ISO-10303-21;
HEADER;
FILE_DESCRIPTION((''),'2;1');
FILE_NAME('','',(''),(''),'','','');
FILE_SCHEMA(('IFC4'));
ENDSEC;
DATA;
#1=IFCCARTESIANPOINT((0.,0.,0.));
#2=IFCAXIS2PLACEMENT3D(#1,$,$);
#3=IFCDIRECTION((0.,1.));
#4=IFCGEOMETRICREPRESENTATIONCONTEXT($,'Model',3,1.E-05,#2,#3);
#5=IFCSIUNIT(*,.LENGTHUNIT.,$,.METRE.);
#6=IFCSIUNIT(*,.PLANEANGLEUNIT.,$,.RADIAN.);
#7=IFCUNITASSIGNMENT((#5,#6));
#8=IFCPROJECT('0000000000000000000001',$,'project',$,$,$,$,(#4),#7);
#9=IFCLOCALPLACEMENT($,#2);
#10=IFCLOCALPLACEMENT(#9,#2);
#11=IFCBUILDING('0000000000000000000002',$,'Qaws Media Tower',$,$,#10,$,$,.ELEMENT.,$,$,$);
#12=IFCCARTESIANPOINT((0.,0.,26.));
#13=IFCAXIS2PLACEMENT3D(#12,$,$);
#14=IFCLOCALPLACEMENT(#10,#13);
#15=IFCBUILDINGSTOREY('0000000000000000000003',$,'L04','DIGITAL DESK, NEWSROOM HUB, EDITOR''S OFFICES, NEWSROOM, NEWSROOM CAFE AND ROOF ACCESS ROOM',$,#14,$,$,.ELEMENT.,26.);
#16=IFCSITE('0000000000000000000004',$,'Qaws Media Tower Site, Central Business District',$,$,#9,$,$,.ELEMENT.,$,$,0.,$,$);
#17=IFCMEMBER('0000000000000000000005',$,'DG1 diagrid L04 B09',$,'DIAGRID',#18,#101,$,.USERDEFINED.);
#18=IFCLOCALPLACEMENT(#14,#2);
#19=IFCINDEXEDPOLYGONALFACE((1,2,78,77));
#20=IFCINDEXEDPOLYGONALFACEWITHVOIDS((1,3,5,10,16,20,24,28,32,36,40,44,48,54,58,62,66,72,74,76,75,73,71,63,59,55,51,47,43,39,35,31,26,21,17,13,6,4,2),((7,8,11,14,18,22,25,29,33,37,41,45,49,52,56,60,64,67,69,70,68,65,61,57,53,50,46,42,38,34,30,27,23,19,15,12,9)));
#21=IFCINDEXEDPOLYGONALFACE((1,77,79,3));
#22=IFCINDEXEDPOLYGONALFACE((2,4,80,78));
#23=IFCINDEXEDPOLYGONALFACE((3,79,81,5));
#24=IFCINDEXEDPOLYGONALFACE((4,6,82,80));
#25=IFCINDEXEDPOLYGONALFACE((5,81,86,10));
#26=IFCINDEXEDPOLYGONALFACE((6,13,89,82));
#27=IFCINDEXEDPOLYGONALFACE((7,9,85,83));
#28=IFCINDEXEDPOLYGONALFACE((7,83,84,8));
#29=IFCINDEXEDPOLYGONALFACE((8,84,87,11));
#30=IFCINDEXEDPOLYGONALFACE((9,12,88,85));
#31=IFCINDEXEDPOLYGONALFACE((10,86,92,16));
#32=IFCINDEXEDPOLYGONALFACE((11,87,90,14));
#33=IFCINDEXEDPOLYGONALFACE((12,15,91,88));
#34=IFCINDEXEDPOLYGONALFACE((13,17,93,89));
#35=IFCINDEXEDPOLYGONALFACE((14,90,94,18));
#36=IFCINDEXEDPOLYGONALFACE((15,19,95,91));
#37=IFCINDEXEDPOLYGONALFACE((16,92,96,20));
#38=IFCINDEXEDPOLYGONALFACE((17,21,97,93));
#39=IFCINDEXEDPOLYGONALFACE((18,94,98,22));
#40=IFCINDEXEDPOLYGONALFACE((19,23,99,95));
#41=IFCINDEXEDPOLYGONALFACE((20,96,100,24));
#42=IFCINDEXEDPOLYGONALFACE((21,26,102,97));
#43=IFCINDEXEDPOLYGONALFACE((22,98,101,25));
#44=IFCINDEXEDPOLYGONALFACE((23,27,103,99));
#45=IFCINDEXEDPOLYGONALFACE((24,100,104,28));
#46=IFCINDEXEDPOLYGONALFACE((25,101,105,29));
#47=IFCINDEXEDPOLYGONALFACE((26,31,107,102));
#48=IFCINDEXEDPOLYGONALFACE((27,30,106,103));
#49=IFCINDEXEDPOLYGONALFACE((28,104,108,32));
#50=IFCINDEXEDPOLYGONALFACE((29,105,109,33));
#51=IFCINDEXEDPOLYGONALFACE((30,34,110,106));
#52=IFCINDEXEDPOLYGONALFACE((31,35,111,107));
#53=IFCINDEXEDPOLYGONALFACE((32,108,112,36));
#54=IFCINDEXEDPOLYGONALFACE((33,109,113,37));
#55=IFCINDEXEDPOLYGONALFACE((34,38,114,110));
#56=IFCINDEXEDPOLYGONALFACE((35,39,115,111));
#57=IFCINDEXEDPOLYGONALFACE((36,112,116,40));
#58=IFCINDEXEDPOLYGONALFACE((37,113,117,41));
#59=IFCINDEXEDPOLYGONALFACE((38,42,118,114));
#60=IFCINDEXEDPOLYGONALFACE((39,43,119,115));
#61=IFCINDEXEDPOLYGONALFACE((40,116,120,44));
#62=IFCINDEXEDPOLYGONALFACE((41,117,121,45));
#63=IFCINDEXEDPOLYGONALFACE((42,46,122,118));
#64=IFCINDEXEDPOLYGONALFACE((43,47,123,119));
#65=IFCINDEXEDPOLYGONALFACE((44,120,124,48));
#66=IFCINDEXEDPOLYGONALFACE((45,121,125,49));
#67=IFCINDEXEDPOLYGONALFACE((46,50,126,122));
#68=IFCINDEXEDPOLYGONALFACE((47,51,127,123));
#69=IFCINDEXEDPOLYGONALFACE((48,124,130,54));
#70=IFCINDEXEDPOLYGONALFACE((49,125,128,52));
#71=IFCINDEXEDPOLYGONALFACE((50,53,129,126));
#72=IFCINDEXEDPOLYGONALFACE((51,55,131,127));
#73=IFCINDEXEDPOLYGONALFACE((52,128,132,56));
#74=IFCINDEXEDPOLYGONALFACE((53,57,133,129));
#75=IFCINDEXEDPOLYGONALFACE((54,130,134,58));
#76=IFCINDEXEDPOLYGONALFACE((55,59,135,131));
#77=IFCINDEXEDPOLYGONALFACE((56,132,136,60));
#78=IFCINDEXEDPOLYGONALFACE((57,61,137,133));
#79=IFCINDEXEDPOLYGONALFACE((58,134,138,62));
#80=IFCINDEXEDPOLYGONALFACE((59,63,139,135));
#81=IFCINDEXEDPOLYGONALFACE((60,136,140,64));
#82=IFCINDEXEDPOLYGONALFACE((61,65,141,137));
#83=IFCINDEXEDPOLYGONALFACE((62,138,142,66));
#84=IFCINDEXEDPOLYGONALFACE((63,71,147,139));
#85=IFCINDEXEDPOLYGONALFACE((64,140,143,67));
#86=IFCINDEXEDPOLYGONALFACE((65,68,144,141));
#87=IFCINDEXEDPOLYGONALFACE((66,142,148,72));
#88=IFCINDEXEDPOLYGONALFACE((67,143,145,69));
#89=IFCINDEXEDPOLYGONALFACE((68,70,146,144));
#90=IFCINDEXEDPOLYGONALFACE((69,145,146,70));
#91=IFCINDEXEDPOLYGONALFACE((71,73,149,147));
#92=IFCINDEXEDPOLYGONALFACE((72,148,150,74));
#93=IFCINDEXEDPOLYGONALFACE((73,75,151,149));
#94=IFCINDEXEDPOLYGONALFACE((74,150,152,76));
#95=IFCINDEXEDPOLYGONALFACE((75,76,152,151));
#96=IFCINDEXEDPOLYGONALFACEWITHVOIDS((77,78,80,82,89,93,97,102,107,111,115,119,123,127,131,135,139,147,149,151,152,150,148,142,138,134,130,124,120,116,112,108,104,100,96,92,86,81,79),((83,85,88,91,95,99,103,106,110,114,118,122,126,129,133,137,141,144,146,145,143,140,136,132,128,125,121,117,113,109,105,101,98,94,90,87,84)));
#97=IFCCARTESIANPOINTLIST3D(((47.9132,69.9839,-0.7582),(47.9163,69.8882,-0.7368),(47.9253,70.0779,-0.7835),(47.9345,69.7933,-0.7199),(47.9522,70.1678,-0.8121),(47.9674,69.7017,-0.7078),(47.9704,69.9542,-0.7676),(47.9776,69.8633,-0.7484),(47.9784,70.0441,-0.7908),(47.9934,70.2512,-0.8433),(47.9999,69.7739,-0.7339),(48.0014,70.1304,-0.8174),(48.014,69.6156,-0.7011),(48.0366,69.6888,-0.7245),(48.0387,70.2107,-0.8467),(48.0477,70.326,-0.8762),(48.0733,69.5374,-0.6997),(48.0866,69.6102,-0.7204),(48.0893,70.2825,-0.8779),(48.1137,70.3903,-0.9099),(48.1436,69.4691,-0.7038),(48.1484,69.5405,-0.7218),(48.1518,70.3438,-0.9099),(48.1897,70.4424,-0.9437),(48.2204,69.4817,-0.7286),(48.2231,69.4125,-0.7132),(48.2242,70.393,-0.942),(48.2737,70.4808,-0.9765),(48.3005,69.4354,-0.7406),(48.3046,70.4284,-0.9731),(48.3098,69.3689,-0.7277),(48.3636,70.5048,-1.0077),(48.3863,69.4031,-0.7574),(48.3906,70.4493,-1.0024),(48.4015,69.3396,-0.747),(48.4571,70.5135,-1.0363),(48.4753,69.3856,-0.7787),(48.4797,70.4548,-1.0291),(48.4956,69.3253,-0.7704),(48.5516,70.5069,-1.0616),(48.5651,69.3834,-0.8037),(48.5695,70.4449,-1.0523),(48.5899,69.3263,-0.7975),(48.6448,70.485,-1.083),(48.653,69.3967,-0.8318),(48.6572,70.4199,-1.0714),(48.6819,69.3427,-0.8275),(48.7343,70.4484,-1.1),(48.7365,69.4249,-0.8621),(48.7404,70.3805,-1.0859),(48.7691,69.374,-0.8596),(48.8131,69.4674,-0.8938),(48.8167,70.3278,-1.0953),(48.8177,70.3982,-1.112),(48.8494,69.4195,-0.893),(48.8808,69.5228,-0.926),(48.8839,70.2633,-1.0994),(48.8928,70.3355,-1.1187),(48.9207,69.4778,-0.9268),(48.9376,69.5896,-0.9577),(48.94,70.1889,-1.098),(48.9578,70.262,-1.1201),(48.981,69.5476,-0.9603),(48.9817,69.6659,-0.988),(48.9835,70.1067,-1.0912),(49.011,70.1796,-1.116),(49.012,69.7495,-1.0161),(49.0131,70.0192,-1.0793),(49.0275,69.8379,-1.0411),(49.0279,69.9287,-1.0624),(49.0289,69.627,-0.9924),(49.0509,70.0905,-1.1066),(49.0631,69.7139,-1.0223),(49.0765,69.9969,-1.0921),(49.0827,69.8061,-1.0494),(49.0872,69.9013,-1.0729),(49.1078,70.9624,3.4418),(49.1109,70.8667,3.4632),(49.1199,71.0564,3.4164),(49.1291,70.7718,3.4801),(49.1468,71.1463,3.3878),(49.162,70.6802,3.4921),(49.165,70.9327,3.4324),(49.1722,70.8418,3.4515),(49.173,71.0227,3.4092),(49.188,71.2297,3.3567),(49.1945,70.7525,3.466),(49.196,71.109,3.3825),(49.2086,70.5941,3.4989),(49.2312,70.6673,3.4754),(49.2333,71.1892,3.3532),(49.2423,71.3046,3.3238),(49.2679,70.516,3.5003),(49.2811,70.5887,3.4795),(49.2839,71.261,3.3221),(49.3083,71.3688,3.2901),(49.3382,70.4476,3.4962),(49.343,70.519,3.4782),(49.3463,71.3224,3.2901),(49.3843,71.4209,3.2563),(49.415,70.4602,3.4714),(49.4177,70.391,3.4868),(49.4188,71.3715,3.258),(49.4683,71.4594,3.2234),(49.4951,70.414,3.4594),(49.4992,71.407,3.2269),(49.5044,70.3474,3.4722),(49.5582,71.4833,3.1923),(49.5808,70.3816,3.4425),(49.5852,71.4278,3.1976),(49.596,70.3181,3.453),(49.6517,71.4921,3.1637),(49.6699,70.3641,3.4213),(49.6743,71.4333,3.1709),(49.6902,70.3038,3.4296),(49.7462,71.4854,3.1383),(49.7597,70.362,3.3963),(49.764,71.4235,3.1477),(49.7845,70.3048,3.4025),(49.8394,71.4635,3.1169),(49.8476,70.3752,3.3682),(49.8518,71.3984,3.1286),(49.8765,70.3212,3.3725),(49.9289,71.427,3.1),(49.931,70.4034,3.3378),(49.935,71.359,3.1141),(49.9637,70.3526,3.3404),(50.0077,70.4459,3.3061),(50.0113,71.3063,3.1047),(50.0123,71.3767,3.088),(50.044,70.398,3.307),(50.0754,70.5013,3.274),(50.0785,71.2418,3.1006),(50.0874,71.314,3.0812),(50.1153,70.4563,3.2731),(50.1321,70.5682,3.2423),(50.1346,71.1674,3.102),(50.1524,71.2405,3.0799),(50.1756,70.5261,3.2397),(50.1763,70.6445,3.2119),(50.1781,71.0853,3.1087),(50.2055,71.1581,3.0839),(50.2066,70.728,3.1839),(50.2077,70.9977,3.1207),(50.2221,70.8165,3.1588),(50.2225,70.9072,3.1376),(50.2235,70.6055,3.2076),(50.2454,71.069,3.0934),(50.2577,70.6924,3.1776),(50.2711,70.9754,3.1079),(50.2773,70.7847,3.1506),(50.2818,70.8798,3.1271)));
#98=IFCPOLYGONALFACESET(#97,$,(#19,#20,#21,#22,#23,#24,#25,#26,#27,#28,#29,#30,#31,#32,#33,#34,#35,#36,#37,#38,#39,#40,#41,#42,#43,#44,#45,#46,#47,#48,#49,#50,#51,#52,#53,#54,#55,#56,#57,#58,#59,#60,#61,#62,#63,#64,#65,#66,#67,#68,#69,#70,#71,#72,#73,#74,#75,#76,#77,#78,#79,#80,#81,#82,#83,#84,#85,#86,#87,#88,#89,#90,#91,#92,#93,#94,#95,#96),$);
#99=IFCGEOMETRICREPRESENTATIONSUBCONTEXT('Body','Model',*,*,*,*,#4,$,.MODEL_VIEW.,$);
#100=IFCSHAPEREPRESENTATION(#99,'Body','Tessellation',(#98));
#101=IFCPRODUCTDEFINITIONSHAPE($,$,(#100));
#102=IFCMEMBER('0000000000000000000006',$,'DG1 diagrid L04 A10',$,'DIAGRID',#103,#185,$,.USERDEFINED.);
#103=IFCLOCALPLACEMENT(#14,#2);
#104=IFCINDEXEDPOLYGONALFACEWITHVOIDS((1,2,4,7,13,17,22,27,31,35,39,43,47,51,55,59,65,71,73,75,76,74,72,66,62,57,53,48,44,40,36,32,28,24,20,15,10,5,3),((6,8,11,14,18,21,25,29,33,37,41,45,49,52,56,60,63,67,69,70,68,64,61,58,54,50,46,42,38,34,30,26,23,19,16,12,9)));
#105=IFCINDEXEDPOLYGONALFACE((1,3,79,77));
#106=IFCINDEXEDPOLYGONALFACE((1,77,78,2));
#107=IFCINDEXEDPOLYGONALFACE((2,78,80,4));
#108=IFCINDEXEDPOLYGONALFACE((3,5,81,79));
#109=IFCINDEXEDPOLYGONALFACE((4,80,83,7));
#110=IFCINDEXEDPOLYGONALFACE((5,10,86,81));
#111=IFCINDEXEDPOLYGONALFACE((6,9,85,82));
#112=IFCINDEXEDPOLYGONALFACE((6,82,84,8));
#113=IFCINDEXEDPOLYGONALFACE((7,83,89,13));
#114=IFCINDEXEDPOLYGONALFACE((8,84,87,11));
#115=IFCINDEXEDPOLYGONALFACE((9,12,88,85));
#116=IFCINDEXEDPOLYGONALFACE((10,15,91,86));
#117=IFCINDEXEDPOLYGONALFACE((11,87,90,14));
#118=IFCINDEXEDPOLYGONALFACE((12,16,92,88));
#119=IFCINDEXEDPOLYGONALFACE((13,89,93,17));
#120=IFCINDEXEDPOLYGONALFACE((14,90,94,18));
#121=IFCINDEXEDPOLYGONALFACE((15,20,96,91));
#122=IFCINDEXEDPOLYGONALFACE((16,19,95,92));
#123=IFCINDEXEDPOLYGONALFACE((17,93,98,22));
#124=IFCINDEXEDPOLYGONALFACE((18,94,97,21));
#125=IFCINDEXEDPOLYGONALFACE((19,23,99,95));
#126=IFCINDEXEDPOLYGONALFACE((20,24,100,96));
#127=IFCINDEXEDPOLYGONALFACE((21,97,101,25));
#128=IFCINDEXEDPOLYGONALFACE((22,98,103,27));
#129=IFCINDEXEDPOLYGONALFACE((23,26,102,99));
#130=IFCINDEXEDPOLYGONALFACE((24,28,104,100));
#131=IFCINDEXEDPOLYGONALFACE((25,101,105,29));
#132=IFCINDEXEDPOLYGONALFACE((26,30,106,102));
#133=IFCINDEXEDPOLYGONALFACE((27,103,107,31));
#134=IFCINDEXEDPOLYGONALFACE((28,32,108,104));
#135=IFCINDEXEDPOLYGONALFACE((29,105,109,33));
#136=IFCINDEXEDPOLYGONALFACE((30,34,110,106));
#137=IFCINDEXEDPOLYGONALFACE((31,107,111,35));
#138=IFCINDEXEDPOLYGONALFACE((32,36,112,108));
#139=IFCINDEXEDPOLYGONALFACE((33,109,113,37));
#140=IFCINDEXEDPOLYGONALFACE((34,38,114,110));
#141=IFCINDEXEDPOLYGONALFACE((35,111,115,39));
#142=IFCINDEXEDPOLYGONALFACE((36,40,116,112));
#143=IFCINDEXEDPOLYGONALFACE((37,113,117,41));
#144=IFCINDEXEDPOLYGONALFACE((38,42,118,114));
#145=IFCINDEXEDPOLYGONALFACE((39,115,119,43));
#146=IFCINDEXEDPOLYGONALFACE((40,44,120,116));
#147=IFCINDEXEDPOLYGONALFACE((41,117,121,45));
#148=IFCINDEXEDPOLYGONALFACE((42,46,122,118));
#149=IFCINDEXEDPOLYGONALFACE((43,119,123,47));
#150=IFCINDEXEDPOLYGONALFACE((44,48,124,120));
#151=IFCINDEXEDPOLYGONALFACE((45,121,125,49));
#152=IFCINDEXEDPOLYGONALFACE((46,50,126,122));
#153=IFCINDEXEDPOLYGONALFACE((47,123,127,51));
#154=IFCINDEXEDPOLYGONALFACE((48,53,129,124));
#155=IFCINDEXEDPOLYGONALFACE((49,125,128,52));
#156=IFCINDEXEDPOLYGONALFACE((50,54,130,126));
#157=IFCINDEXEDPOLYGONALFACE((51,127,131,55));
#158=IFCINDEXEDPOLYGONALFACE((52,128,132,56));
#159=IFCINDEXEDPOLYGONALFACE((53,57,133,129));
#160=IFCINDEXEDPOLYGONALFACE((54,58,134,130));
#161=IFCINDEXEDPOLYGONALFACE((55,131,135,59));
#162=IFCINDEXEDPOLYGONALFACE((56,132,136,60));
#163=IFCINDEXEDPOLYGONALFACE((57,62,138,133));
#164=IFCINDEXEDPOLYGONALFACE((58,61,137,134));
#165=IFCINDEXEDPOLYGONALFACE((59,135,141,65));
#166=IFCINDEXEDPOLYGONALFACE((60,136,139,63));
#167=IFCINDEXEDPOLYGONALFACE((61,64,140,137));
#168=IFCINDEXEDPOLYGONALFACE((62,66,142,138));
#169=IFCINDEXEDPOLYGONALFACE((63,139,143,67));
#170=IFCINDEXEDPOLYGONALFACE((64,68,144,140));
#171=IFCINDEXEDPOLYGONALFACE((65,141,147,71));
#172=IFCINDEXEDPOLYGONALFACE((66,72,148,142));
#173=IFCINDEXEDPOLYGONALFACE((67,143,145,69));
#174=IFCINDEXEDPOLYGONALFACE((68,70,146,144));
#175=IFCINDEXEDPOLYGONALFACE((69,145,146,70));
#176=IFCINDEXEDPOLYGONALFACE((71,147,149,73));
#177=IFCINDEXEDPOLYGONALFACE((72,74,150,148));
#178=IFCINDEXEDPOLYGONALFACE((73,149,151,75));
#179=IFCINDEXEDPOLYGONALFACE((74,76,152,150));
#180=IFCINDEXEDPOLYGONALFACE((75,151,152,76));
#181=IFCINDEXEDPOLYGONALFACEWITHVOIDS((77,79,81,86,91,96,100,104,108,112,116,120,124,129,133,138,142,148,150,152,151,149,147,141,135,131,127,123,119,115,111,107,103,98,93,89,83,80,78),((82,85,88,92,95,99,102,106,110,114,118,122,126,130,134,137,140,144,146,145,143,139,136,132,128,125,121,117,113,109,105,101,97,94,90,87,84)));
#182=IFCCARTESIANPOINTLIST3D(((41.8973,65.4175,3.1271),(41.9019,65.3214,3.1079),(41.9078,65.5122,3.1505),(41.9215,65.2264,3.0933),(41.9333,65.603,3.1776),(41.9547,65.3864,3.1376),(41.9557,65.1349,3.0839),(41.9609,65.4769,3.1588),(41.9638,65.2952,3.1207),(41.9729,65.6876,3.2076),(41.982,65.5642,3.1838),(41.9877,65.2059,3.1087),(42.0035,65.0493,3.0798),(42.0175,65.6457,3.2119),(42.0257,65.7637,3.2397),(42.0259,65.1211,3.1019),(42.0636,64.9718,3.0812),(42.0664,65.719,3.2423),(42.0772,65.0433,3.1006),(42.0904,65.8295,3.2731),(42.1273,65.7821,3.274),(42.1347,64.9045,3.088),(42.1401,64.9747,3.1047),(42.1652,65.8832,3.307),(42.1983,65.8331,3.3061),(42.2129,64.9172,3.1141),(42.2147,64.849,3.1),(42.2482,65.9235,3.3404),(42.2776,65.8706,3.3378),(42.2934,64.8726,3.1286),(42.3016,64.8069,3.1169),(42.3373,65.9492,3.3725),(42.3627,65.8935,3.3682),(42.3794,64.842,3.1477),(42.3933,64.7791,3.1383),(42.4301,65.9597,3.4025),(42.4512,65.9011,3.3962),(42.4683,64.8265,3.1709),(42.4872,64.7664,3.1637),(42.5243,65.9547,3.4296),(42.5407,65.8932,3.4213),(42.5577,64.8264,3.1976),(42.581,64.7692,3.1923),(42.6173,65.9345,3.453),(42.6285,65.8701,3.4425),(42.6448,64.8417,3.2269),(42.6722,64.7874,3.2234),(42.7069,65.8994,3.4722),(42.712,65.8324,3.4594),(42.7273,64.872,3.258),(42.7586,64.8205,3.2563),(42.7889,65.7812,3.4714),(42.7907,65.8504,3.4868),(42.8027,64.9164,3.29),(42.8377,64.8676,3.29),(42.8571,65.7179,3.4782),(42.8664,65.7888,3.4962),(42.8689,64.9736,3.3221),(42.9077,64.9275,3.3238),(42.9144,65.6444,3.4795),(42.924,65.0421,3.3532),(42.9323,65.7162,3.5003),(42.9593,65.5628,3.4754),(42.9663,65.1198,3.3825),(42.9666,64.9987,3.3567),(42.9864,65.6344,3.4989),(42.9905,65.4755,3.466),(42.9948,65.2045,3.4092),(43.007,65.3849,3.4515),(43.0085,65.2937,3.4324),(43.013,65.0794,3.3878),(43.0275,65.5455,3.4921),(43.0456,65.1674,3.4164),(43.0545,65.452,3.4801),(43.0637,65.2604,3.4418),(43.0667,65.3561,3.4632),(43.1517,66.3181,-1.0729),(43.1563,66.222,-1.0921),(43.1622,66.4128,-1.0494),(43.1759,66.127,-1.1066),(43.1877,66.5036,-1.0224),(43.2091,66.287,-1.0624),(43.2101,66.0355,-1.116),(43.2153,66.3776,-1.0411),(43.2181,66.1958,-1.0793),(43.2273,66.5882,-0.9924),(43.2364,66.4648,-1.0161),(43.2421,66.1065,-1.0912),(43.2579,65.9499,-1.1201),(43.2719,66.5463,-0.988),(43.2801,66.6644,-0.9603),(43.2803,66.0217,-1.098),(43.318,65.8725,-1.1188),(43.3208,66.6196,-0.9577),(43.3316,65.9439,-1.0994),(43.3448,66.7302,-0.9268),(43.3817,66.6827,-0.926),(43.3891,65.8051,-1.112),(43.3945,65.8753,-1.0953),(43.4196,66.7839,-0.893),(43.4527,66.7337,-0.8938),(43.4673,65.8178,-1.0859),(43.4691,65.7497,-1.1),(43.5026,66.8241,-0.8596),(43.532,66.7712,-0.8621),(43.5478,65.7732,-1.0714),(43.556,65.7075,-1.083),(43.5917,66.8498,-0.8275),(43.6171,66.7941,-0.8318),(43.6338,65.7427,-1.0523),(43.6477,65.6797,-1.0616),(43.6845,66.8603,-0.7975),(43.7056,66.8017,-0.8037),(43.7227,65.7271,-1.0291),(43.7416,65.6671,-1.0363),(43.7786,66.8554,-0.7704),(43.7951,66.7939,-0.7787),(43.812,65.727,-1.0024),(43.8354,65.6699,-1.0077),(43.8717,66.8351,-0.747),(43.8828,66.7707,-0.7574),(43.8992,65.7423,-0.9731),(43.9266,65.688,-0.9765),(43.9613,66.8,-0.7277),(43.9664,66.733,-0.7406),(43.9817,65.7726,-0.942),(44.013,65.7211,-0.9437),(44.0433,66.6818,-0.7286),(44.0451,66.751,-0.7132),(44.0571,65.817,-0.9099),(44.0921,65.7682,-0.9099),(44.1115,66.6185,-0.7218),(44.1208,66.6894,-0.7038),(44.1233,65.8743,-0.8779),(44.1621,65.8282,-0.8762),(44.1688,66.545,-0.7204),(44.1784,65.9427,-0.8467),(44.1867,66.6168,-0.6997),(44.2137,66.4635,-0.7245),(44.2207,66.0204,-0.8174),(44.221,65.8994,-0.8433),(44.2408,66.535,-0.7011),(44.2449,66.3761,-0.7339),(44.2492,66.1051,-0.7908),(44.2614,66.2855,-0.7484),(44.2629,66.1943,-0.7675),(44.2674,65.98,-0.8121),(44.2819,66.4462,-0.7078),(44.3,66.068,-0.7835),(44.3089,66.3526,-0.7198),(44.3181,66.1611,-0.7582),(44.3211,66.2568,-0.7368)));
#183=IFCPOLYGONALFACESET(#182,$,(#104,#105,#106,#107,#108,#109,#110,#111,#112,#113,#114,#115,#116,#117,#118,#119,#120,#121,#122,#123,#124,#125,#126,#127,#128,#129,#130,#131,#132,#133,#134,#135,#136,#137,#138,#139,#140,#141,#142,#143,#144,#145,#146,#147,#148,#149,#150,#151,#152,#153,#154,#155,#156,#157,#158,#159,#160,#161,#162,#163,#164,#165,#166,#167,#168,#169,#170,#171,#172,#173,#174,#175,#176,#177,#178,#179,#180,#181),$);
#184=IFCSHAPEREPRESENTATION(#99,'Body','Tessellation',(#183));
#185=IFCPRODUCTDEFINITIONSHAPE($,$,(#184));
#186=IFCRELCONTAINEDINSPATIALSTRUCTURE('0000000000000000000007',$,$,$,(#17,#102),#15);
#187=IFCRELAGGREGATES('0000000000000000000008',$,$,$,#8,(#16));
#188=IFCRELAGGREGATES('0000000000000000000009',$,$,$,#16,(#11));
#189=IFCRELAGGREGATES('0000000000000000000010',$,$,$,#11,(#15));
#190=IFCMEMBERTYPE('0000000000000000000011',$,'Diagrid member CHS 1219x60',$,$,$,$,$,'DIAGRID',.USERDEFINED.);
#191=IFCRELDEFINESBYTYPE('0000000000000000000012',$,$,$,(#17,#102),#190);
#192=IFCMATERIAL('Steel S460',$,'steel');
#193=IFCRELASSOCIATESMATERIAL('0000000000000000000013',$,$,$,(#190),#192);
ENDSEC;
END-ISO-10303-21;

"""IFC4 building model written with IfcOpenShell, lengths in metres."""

from ifc_helpers import new_model, si_unit, direction, frame, origin, origin_2d, place, context, subcontext, project, spatial, hollow_circle, extrude, material, material_profile, profile_set, type_object, element, save


model = new_model("IFC4")

# Units and contexts
model_context = context("Model", 3, precision=1e-05, world=origin(), true_north=direction((0.0, 1.0)))
body_context = subcontext(model_context, "Body", "Model", "MODEL_VIEW")
ifc_project = project(units=[si_unit("LENGTHUNIT", "METRE"), si_unit("PLANEANGLEUNIT", "RADIAN")], contexts=[model_context])

# Site, building, storey
site_placement = place(None, origin())
site = spatial("IfcSite", under=ifc_project, at=site_placement, Name="Qaws Media Tower Site, Central Business District", CompositionType="ELEMENT", RefElevation=0.0)
building_placement = place(site_placement, origin())
building = spatial("IfcBuilding", under=site, at=building_placement, Name="Qaws Media Tower", CompositionType="ELEMENT")
storey_placement = place(building_placement, frame((0.0, 0.0, 26.0)))
storey = spatial("IfcBuildingStorey", under=building, at=storey_placement, Name="L04", Description="DIGITAL DESK, NEWSROOM HUB, EDITOR'S OFFICES, NEWSROOM, NEWSROOM CAFE AND ROOF ACCESS ROOM", CompositionType="ELEMENT", Elevation=26.0)

# Members
ifc_material_1 = material(Name="Steel S460", Category="steel")
ifc_material_profile_1 = material_profile(ifc_material_1, hollow_circle(Radius=0.6096, WallThickness=0.0601, at=origin_2d()), Name="CHS 1219x60")
ifc_profile_set_1 = profile_set([ifc_material_profile_1], Name="Steel S460")
member_type_1 = type_object("IfcMemberType", Name="Diagrid member CHS 1219x60", ElementType="DIAGRID", PredefinedType="USERDEFINED", material=ifc_profile_set_1)
for number, where, z_axis, x_axis, name in (
    (1, (48.5, 69.9187, -0.9099), (0.266955, 0.218671, 0.938572), (-0.633677, 0.773598, 0.0), "DG1 diagrid L04 B09"),
    (2, (43.7366, 66.2634, -0.9099), (-0.280321, -0.201266, 0.938569), (0.583226, -0.81231, 0.0), "DG1 diagrid L04 A10"),
):
    element("IfcMember", number, at=place(storey_placement, frame(where, z_axis=z_axis, x_axis=x_axis)), inside=storey, type_object=member_type_1, Name=name, ObjectType="DIAGRID", PredefinedType="USERDEFINED", context=body_context, shape_type="SweptSolid", body=[
        extrude(hollow_circle(Radius=0.6096, WallThickness=0.0601, at=origin_2d()), origin(), (0.0, 0.0, 1.0), 4.4749),
    ])

save(model, "model.ifc")
